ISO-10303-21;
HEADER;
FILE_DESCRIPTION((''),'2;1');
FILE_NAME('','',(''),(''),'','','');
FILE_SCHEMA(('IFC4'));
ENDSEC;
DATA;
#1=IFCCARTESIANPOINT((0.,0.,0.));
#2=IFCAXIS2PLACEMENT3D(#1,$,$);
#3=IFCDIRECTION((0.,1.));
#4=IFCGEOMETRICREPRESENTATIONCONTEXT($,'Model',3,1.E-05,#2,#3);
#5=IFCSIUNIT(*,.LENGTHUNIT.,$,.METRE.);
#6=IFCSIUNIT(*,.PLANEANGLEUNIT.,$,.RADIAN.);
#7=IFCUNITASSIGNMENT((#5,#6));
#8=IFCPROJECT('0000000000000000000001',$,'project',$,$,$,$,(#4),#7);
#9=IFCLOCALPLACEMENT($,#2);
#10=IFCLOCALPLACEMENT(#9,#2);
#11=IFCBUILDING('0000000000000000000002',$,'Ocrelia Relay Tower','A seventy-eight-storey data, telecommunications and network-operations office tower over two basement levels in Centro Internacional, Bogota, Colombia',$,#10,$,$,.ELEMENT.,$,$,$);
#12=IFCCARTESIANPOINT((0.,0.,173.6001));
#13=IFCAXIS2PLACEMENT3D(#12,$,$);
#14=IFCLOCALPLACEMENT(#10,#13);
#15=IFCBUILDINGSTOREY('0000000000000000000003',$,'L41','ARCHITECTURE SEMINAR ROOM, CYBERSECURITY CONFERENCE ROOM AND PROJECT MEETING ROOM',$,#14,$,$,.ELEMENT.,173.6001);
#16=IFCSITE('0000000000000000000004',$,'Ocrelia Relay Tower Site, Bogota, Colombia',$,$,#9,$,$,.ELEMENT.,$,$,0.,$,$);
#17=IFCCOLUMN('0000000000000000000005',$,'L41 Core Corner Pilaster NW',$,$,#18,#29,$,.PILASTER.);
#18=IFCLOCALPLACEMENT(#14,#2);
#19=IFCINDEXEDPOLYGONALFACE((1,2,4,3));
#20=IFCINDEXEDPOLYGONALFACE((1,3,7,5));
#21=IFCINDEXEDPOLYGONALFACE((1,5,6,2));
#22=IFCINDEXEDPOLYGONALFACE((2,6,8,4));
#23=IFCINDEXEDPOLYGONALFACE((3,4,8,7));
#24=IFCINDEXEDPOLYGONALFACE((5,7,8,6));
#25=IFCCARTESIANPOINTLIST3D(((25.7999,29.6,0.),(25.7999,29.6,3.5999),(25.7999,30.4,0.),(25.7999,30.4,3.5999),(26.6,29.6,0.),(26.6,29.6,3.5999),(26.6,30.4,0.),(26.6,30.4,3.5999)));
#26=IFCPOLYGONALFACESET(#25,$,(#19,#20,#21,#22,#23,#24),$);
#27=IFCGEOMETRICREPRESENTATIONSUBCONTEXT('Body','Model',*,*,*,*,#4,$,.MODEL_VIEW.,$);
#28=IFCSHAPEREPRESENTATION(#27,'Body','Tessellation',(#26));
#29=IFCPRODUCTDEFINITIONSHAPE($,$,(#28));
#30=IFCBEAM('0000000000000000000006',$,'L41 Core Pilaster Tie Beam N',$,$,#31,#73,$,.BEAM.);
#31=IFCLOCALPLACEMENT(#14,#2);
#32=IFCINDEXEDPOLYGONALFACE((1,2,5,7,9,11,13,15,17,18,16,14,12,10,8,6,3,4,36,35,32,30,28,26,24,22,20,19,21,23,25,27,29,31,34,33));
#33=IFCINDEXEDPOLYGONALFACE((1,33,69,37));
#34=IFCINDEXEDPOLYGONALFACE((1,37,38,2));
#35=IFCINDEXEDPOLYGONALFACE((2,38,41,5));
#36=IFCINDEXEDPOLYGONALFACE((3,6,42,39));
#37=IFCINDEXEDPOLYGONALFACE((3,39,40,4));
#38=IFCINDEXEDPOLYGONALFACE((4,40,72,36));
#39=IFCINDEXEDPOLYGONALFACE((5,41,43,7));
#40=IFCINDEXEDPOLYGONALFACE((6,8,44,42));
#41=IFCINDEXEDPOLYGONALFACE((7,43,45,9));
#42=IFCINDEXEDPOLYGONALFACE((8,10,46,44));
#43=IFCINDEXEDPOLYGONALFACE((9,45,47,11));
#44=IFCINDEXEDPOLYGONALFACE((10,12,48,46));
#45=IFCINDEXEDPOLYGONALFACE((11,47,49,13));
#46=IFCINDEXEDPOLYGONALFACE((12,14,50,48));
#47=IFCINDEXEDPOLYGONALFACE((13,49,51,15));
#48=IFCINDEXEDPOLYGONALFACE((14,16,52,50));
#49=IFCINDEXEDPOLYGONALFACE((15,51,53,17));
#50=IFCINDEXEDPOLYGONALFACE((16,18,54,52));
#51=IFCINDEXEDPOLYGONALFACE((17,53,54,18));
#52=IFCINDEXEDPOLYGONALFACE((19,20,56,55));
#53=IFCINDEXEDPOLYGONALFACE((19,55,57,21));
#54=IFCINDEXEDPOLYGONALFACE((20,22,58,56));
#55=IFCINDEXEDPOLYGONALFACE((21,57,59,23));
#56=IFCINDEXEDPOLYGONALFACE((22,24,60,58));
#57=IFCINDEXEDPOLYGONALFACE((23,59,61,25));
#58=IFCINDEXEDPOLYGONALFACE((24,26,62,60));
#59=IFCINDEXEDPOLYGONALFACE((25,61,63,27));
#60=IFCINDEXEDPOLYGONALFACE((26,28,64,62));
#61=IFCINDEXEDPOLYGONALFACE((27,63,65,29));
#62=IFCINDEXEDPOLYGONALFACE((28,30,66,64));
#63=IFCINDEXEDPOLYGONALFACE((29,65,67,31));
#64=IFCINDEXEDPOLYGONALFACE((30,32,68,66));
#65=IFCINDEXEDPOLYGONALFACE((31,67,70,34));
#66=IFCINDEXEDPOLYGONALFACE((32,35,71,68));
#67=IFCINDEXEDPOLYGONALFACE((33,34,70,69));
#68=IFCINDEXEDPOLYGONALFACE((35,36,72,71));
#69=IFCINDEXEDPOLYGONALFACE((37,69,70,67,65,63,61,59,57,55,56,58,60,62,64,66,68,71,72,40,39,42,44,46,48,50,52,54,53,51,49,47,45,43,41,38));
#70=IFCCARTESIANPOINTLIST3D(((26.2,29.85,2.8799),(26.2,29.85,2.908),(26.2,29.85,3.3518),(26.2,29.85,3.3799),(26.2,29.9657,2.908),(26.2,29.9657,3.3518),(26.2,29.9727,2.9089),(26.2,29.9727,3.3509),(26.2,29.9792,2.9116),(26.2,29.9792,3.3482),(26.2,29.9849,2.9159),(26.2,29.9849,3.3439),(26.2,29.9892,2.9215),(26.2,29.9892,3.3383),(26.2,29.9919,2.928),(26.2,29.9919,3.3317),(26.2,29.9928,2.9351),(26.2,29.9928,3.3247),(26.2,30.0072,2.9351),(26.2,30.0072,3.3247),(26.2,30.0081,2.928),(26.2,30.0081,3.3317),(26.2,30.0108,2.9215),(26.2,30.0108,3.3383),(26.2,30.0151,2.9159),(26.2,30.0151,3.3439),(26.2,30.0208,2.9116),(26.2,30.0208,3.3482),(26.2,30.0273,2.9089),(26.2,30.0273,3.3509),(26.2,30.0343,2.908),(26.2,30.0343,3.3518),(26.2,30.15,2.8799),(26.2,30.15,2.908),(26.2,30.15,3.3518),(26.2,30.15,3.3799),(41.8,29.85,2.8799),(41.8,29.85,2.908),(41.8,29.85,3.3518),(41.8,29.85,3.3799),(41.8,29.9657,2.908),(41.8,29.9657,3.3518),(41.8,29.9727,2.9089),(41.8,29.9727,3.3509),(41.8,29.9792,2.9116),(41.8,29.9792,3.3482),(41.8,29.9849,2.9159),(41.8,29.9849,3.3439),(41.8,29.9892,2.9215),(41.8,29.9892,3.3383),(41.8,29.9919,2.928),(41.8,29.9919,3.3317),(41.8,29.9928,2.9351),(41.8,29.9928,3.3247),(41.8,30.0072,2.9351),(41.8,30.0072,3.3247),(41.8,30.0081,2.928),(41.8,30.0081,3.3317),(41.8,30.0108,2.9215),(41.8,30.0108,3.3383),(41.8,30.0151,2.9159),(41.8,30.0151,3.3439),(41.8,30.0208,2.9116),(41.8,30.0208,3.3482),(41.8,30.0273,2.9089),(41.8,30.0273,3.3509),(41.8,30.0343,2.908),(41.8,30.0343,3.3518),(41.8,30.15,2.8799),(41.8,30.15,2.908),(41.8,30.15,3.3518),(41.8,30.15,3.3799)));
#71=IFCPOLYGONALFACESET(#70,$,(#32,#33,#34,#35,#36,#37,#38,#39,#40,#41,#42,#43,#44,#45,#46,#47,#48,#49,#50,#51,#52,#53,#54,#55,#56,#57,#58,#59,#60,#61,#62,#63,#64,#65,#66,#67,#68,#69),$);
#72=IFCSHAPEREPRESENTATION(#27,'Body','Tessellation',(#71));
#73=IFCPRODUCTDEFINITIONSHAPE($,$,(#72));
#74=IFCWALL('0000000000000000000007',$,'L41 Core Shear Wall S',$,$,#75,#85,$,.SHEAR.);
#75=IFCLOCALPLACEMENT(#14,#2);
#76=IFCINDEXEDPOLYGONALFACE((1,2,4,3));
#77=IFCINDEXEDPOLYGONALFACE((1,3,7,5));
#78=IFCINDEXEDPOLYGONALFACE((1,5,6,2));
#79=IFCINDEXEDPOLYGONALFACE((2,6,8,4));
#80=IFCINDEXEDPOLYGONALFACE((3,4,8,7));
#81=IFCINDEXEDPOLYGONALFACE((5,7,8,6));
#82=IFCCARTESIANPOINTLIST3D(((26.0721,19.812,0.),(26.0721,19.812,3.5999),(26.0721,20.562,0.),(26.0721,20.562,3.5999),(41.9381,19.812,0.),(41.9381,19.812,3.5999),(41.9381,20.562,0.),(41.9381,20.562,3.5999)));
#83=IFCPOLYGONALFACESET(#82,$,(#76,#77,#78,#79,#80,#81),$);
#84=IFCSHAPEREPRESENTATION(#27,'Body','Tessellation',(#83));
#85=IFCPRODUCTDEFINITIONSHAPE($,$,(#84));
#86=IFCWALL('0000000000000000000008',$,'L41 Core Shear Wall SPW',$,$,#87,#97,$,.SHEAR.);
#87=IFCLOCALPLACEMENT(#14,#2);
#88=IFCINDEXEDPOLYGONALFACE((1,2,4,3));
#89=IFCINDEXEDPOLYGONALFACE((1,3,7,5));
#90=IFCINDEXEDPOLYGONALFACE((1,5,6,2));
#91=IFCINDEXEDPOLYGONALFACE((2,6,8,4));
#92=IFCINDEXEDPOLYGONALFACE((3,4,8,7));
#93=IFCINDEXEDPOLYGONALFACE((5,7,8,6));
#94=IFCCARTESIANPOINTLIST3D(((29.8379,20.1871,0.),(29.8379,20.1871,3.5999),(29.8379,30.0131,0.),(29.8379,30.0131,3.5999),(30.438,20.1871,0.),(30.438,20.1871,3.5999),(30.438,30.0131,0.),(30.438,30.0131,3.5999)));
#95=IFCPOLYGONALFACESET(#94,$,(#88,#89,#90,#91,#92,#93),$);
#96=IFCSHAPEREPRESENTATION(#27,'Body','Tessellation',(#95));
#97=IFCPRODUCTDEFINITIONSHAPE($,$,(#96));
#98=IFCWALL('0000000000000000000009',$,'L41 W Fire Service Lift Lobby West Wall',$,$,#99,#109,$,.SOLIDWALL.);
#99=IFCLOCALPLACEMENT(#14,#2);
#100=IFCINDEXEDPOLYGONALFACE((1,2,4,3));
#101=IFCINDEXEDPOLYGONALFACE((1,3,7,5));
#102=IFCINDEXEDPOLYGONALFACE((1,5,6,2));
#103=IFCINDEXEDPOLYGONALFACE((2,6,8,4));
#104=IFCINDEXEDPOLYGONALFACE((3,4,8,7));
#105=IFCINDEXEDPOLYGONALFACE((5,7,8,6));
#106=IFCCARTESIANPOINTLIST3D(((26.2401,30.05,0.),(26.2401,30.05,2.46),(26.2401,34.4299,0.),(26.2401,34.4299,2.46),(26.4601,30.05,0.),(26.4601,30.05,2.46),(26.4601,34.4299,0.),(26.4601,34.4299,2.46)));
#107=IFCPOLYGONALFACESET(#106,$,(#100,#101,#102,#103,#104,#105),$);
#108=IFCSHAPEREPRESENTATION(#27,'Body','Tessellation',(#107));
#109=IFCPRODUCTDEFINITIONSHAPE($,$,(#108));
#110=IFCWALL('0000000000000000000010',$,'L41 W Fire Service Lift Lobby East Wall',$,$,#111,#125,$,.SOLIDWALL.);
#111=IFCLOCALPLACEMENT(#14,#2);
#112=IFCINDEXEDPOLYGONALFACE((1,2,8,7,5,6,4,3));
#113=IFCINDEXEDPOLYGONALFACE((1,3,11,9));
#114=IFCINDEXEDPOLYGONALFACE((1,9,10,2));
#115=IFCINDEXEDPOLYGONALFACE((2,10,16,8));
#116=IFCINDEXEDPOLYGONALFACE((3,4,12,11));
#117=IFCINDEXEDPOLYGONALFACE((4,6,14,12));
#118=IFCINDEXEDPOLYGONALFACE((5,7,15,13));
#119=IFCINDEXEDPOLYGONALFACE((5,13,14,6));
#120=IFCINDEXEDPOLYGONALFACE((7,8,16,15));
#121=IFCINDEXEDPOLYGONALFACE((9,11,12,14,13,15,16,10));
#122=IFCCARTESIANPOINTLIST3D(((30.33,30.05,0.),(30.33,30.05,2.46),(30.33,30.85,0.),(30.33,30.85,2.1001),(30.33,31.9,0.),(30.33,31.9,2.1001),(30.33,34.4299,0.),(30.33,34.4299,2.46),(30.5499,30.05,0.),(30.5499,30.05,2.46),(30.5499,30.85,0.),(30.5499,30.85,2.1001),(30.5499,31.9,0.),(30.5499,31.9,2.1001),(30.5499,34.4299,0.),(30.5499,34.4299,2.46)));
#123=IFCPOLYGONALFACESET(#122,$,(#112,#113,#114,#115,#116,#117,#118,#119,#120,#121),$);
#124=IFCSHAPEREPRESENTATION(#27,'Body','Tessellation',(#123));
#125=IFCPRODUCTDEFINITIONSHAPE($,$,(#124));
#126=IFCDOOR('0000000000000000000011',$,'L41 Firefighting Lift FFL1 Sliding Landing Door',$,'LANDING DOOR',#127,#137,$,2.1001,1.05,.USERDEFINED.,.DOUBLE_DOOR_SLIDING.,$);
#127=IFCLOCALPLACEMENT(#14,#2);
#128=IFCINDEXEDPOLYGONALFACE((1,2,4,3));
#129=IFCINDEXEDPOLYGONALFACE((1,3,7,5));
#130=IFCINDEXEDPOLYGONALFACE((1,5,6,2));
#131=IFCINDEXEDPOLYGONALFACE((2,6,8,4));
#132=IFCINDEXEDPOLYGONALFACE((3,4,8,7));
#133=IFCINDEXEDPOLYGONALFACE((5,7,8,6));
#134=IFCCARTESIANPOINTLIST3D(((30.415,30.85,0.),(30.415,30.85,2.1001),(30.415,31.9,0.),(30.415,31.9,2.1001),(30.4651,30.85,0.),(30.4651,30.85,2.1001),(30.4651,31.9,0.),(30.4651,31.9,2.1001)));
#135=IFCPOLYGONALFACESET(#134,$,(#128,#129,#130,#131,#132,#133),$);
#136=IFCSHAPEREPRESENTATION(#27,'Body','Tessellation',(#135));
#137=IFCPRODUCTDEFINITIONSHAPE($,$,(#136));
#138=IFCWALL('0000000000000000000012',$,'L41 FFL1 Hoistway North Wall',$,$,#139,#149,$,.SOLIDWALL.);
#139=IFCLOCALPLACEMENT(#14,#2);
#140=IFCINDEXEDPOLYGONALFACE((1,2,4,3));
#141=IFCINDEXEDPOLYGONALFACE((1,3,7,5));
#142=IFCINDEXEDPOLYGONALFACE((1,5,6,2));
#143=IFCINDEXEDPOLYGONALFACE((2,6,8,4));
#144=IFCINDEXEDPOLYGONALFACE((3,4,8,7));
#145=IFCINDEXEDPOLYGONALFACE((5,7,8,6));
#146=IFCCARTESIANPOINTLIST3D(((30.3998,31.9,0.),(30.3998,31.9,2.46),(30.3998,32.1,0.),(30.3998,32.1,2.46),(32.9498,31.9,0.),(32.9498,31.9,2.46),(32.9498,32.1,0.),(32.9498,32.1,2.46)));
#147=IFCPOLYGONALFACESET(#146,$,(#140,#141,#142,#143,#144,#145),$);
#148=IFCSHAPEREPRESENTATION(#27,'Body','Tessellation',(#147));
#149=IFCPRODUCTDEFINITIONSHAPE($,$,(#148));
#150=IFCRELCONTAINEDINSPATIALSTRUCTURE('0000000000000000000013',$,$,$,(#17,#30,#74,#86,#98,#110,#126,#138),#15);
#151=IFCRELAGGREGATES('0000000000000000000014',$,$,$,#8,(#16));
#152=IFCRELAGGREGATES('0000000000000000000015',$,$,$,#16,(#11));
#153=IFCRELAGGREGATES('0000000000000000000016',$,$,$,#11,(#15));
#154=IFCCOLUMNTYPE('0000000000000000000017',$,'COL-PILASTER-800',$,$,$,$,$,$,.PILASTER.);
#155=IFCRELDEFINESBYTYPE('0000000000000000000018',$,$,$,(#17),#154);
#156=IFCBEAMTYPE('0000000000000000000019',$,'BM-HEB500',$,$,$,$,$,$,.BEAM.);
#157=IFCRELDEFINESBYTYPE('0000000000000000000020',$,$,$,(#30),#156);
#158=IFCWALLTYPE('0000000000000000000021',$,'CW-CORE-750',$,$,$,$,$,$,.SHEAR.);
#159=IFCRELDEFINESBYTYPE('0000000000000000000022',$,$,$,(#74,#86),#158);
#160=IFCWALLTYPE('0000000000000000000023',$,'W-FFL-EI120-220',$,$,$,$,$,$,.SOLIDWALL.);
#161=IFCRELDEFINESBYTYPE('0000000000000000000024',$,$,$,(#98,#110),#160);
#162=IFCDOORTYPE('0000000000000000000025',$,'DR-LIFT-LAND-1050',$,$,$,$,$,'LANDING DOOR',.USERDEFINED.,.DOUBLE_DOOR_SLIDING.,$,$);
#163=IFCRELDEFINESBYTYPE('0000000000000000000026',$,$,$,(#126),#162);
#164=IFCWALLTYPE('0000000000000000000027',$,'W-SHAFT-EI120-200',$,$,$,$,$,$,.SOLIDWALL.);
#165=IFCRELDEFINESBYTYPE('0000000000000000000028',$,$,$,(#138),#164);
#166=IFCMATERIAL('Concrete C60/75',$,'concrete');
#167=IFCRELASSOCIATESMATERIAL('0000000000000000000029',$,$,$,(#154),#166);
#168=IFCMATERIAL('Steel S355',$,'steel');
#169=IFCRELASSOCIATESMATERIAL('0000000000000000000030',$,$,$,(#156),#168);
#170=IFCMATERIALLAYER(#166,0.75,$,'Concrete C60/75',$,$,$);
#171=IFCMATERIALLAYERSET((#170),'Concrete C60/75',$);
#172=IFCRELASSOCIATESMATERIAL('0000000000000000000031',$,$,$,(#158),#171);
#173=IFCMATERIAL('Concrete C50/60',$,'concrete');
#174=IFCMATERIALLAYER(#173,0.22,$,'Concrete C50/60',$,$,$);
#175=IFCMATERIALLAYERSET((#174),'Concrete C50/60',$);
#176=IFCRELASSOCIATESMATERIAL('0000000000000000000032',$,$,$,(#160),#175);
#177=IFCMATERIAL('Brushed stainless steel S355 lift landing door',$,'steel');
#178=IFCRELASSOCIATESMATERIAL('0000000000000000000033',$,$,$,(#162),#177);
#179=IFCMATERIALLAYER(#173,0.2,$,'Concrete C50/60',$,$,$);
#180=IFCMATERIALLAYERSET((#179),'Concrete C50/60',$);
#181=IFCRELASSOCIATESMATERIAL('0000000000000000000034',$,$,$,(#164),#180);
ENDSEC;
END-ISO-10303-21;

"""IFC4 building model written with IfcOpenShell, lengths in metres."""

from ifc_helpers import new_model, si_unit, direction, frame, frame_2d, origin, origin_2d, place, context, subcontext, project, spatial, rectangle, i_section, extrude, material, layer, layer_set, material_profile, profile_set, type_object, element, fill, save


model = new_model("IFC4")

# Units and contexts
model_context = context("Model", 3, precision=1e-05, world=origin(), true_north=direction((0.0, 1.0)))
body_context = subcontext(model_context, "Body", "Model", "MODEL_VIEW")
ifc_project = project(units=[si_unit("LENGTHUNIT", "METRE"), si_unit("PLANEANGLEUNIT", "RADIAN")], contexts=[model_context])

# Site, building, storey
site_placement = place(None, origin())
site = spatial("IfcSite", under=ifc_project, at=site_placement, Name="Ocrelia Relay Tower Site, Bogota, Colombia", CompositionType="ELEMENT", RefElevation=0.0)
building_placement = place(site_placement, origin())
building = spatial("IfcBuilding", under=site, at=building_placement, Name="Ocrelia Relay Tower", Description="A seventy-eight-storey data, telecommunications and network-operations office tower over two basement levels in Centro Internacional, Bogota, Colombia", CompositionType="ELEMENT")
storey_placement = place(building_placement, frame((0.0, 0.0, 173.6001)))
storey = spatial("IfcBuildingStorey", under=building, at=storey_placement, Name="L41", Description="ARCHITECTURE SEMINAR ROOM, CYBERSECURITY CONFERENCE ROOM AND PROJECT MEETING ROOM", CompositionType="ELEMENT", Elevation=173.6001)

# Column
ifc_material_1 = material(Name="Concrete C60/75", Category="concrete")
ifc_material_profile_1 = material_profile(ifc_material_1, rectangle(XDim=0.8, YDim=0.8, at=origin_2d()), Name="RC-COL-800x800")
ifc_profile_set_1 = profile_set([ifc_material_profile_1], Name="Concrete C60/75")
column_type = type_object("IfcColumnType", Name="COL-PILASTER-800", PredefinedType="PILASTER", material=ifc_profile_set_1)
column_placement = place(storey_placement, frame((26.2, 30.0, 0.0), z_axis=(0.0, 0.0, 1.0), x_axis=(1.0, 0.0, 0.0)))
element("IfcColumn", 1, at=column_placement, inside=storey, type_object=column_type, Name="L41 Core Corner Pilaster NW", PredefinedType="PILASTER", context=body_context, shape_type="SweptSolid", body=[
    extrude(rectangle(XDim=0.8, YDim=0.8, at=origin_2d()), origin(), (0.0, 0.0, 1.0), 3.5999),
])

# Beam
ifc_material_2 = material(Name="Steel S355", Category="steel")
ifc_material_profile_2 = material_profile(ifc_material_2, i_section(OverallWidth=0.3, OverallDepth=0.5, WebThickness=0.0144, FlangeThickness=0.0281, FilletRadius=0.0271, at=origin_2d()), Name="HEB 500")
ifc_profile_set_2 = profile_set([ifc_material_profile_2], Name="Steel S355")
beam_type = type_object("IfcBeamType", Name="BM-HEB500", PredefinedType="BEAM", material=ifc_profile_set_2)
beam_placement = place(storey_placement, frame((26.2, 30.0, 3.1299), z_axis=(1.0, 0.0, 0.0), x_axis=(0.0, 1.0, 0.0)))
element("IfcBeam", 2, at=beam_placement, inside=storey, type_object=beam_type, Name="L41 Core Pilaster Tie Beam N", PredefinedType="BEAM", context=body_context, shape_type="SweptSolid", body=[
    extrude(i_section(OverallWidth=0.3, OverallDepth=0.5, WebThickness=0.0144, FlangeThickness=0.0281, FilletRadius=0.0271, at=origin_2d()), origin(), (0.0, 0.0, 1.0), 15.6001),
])

# Wall
ifc_layer_1 = layer(ifc_material_1, 0.75, Name="Concrete C60/75")
ifc_layer_set_1 = layer_set([ifc_layer_1], Name="Concrete C60/75")
wall_type_1 = type_object("IfcWallType", Name="CW-CORE-750", PredefinedType="SHEAR", material=ifc_layer_set_1)
wall_1_placement = place(storey_placement, frame((26.072, 20.187, 0.0), z_axis=(0.0, 0.0, 1.0), x_axis=(1.0, 0.0, 0.0)))
element("IfcWall", 3, at=wall_1_placement, inside=storey, type_object=wall_type_1, Name="L41 Core Shear Wall S", PredefinedType="SHEAR", context=body_context, shape_type="SweptSolid", body=[
    extrude(rectangle(XDim=15.866, YDim=0.75, at=frame_2d((7.9331, 0.0))), origin(), (0.0, 0.0, 1.0), 3.5999),
])

# Wall
wall_2_placement = place(storey_placement, frame((30.1379, 20.187, 0.0), z_axis=(0.0, 0.0, 1.0), x_axis=(0.0, 1.0, 0.0)))
element("IfcWall", 4, at=wall_2_placement, inside=storey, type_object=wall_type_1, Name="L41 Core Shear Wall SPW", PredefinedType="SHEAR", context=body_context, shape_type="SweptSolid", body=[
    extrude(rectangle(XDim=9.8259, YDim=0.6001, at=frame_2d((4.9131, 0.0))), origin(), (0.0, 0.0, 1.0), 3.5999),
])

# Wall
ifc_material_3 = material(Name="Concrete C50/60", Category="concrete")
ifc_layer_2 = layer(ifc_material_3, 0.22, Name="Concrete C50/60")
ifc_layer_set_2 = layer_set([ifc_layer_2], Name="Concrete C50/60")
wall_type_2 = type_object("IfcWallType", Name="W-FFL-EI120-220", PredefinedType="SOLIDWALL", material=ifc_layer_set_2)
wall_3_placement = place(storey_placement, frame((26.3501, 30.05, 0.0), z_axis=(0.0, 0.0, 1.0), x_axis=(0.0, 1.0, 0.0)))
element("IfcWall", 5, at=wall_3_placement, inside=storey, type_object=wall_type_2, Name="L41 W Fire Service Lift Lobby West Wall", PredefinedType="SOLIDWALL", context=body_context, shape_type="SweptSolid", body=[
    extrude(rectangle(XDim=4.3799, YDim=0.22, at=frame_2d((2.1899, 0.0))), origin(), (0.0, 0.0, 1.0), 2.46),
])

# Wall, opening, door
wall_4_placement = place(storey_placement, frame((30.4399, 30.05, 0.0), z_axis=(0.0, 0.0, 1.0), x_axis=(0.0, 1.0, 0.0)))
wall_4 = element("IfcWall", 6, at=wall_4_placement, inside=storey, type_object=wall_type_2, Name="L41 W Fire Service Lift Lobby East Wall", PredefinedType="SOLIDWALL", context=body_context, shape_type="SweptSolid", body=[
    extrude(rectangle(XDim=4.3799, YDim=0.22, at=frame_2d((2.1899, 0.0))), origin(), (0.0, 0.0, 1.0), 2.46),
])
opening_1_placement = place(wall_4_placement, frame((0.8, 0.0, 0.0)))
opening_1 = element("IfcOpeningElement", 7, at=opening_1_placement, cuts=wall_4, PredefinedType="OPENING", context=body_context, shape_type="SweptSolid", body=[
    extrude(rectangle(XDim=1.05, YDim=2.1001, at=frame_2d((0.5249, 1.05))), frame((0.0, 0.1201, 0.0), z_axis=(0.0, -1.0, 0.0), x_axis=(1.0, 0.0, 0.0)), (0.0, 0.0, 1.0), 0.24),
])
ifc_material_4 = material(Name="Brushed stainless steel S355 lift landing door", Category="steel")
door_type_1 = type_object("IfcDoorType", Name="DR-LIFT-LAND-1050", ElementType="LANDING DOOR", OperationType="DOUBLE_DOOR_SLIDING", PredefinedType="USERDEFINED", material=ifc_material_4)
door_1_placement = place(opening_1_placement, origin())
door_1 = element("IfcDoor", 8, at=door_1_placement, inside=storey, type_object=door_type_1, Name="L41 Firefighting Lift FFL1 Sliding Landing Door", ObjectType="LANDING DOOR", OperationType="DOUBLE_DOOR_SLIDING", OverallHeight=2.1001, OverallWidth=1.05, PredefinedType="USERDEFINED", context=body_context, shape_type="SweptSolid", body=[
    extrude(rectangle(XDim=1.05, YDim=2.1001, at=frame_2d((0.5249, 1.05))), frame((0.0, 0.0249, 0.0), z_axis=(0.0, -1.0, 0.0), x_axis=(1.0, 0.0, 0.0)), (0.0, 0.0, 1.0), 0.05),
])
fill(opening_1, door_1)

# Wall
ifc_layer_3 = layer(ifc_material_3, 0.2, Name="Concrete C50/60")
ifc_layer_set_3 = layer_set([ifc_layer_3], Name="Concrete C50/60")
wall_type_3 = type_object("IfcWallType", Name="W-SHAFT-EI120-200", PredefinedType="SOLIDWALL", material=ifc_layer_set_3)
wall_5_placement = place(storey_placement, frame((30.3999, 32.0, 0.0), z_axis=(0.0, 0.0, 1.0), x_axis=(1.0, 0.0, 0.0)))
element("IfcWall", 9, at=wall_5_placement, inside=storey, type_object=wall_type_3, Name="L41 FFL1 Hoistway North Wall", PredefinedType="SOLIDWALL", context=body_context, shape_type="SweptSolid", body=[
    extrude(rectangle(XDim=2.55, YDim=0.2, at=frame_2d((1.2749, 0.0))), origin(), (0.0, 0.0, 1.0), 2.46),
])

save(model, "model.ifc")
